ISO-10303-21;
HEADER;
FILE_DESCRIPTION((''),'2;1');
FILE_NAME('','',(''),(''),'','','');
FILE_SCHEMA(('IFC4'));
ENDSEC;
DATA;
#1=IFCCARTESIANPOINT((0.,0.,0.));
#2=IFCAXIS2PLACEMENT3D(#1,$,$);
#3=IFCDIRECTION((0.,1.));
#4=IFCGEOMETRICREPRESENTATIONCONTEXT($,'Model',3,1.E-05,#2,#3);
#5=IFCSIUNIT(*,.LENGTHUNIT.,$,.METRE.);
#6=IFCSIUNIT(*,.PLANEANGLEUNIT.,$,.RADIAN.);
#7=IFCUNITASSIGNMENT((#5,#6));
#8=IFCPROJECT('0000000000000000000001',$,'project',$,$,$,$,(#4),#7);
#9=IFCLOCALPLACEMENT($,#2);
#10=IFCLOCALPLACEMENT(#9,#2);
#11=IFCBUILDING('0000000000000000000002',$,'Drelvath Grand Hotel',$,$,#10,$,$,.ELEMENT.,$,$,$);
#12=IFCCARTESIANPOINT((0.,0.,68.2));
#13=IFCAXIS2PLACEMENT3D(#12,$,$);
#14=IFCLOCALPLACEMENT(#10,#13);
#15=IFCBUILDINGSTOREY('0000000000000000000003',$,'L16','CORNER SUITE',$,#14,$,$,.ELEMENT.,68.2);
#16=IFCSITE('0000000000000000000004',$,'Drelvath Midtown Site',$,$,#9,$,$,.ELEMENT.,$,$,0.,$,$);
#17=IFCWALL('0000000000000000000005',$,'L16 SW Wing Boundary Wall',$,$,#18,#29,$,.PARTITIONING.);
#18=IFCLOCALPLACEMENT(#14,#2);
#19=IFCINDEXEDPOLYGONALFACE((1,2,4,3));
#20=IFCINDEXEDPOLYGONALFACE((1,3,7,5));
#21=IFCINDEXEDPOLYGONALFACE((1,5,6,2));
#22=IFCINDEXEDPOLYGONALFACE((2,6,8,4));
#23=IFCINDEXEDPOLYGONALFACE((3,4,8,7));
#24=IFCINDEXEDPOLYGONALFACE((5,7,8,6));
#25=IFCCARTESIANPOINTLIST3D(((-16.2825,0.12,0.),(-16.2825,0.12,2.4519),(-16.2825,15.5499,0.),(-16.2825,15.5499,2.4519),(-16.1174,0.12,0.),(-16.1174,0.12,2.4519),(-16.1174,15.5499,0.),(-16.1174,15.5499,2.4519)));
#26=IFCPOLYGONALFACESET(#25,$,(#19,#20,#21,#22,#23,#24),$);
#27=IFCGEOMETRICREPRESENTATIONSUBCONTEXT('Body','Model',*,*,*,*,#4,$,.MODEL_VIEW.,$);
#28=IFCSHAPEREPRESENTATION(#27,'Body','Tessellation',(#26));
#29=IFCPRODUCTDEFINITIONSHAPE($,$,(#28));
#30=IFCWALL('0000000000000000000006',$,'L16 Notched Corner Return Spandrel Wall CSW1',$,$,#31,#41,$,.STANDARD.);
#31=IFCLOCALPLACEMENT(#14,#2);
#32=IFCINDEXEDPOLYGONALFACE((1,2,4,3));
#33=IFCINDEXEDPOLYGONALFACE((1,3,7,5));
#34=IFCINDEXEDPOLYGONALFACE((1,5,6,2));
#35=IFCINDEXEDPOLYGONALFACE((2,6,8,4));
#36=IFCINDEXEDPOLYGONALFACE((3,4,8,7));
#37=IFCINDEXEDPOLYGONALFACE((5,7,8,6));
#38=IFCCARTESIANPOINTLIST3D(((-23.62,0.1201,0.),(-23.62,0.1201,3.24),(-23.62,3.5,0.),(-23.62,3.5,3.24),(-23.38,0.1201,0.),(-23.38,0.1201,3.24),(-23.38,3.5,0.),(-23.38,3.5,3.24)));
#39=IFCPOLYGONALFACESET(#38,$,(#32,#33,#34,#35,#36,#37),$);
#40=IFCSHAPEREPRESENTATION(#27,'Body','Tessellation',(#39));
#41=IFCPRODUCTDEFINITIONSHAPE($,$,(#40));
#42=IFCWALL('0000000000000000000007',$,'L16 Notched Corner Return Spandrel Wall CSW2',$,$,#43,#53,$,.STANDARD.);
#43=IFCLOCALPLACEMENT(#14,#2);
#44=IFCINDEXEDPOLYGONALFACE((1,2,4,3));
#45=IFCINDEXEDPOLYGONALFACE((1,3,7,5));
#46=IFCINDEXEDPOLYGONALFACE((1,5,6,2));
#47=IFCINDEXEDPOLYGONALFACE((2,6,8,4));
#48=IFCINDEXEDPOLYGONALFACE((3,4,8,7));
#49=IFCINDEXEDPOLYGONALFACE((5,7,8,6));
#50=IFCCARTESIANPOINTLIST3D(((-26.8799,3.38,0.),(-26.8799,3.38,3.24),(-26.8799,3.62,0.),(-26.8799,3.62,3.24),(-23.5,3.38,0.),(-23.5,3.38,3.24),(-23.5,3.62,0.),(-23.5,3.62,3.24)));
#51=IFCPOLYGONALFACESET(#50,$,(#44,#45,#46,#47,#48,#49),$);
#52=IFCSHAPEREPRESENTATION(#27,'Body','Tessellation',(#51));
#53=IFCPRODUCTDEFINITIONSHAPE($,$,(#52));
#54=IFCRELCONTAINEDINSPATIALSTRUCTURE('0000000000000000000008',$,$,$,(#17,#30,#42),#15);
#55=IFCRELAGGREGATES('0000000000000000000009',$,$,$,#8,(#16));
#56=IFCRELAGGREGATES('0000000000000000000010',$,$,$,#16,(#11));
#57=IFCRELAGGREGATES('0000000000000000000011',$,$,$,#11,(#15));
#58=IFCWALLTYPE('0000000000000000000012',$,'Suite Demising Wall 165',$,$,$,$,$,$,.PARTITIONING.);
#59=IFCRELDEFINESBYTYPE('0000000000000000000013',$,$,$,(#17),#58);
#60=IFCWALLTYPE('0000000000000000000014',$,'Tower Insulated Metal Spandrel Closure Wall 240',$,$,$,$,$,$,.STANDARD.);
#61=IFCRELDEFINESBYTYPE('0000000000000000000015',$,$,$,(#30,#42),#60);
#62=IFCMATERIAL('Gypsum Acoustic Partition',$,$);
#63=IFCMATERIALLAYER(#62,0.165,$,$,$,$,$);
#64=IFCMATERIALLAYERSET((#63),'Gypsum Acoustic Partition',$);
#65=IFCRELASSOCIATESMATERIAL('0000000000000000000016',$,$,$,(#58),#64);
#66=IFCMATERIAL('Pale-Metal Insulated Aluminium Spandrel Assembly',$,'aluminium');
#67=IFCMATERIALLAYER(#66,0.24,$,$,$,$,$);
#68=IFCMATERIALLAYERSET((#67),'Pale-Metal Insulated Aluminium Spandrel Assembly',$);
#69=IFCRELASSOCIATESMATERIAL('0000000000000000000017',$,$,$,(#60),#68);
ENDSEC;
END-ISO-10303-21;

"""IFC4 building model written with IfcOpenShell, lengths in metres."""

from ifc_helpers import new_model, si_unit, direction, frame, frame_2d, origin, place, context, subcontext, project, spatial, rectangle, extrude, material, layer, layer_set, type_object, element, save


model = new_model("IFC4")

# Units and contexts
model_context = context("Model", 3, precision=1e-05, world=origin(), true_north=direction((0.0, 1.0)))
body_context = subcontext(model_context, "Body", "Model", "MODEL_VIEW")
ifc_project = project(units=[si_unit("LENGTHUNIT", "METRE"), si_unit("PLANEANGLEUNIT", "RADIAN")], contexts=[model_context])

# Site, building, storey
site_placement = place(None, origin())
site = spatial("IfcSite", under=ifc_project, at=site_placement, Name="Drelvath Midtown Site", CompositionType="ELEMENT", RefElevation=0.0)
building_placement = place(site_placement, origin())
building = spatial("IfcBuilding", under=site, at=building_placement, Name="Drelvath Grand Hotel", CompositionType="ELEMENT")
storey_placement = place(building_placement, frame((0.0, 0.0, 68.2)))
storey = spatial("IfcBuildingStorey", under=building, at=storey_placement, Name="L16", Description="CORNER SUITE", CompositionType="ELEMENT", Elevation=68.2)

# Walls
ifc_material_1 = material(Name="Gypsum Acoustic Partition")
ifc_layer_1 = layer(ifc_material_1, 0.165)
ifc_layer_set_1 = layer_set([ifc_layer_1], Name="Gypsum Acoustic Partition")
wall_type_1 = type_object("IfcWallType", Name="Suite Demising Wall 165", PredefinedType="PARTITIONING", material=ifc_layer_set_1)
wall_placement = place(storey_placement, frame((-16.2, 0.1201, 0.0), z_axis=(0.0, 0.0, 1.0), x_axis=(0.0, 1.0, 0.0)))
element("IfcWall", 1, at=wall_placement, inside=storey, type_object=wall_type_1, Name="L16 SW Wing Boundary Wall", PredefinedType="PARTITIONING", context=body_context, shape_type="SweptSolid", body=[
    extrude(rectangle(XDim=15.4299, YDim=0.165, at=frame_2d((7.7148, 0.0))), origin(), (0.0, 0.0, 1.0), 2.4519),
])
ifc_material_2 = material(Name="Pale-Metal Insulated Aluminium Spandrel Assembly", Category="aluminium")
ifc_layer_2 = layer(ifc_material_2, 0.24)
ifc_layer_set_2 = layer_set([ifc_layer_2], Name="Pale-Metal Insulated Aluminium Spandrel Assembly")
wall_type_2 = type_object("IfcWallType", Name="Tower Insulated Metal Spandrel Closure Wall 240", PredefinedType="STANDARD", material=ifc_layer_set_2)
for number, where, z_axis, x_axis, name in (
    (2, (-23.5, 0.1201, 0.0), (0.0, 0.0, 1.0), (0.0, 1.0, 0.0), "L16 Notched Corner Return Spandrel Wall CSW1"),
    (3, (-23.5, 3.5, 0.0), (0.0, 0.0, 1.0), (-1.0, 0.0, 0.0), "L16 Notched Corner Return Spandrel Wall CSW2"),
):
    element("IfcWall", number, at=place(storey_placement, frame(where, z_axis=z_axis, x_axis=x_axis)), inside=storey, type_object=wall_type_2, Name=name, PredefinedType="STANDARD", context=body_context, shape_type="SweptSolid", body=[
        extrude(rectangle(XDim=3.3799, YDim=0.24, at=frame_2d((1.6899, 0.0))), origin(), (0.0, 0.0, 1.0), 3.24),
    ])

save(model, "model.ifc")
